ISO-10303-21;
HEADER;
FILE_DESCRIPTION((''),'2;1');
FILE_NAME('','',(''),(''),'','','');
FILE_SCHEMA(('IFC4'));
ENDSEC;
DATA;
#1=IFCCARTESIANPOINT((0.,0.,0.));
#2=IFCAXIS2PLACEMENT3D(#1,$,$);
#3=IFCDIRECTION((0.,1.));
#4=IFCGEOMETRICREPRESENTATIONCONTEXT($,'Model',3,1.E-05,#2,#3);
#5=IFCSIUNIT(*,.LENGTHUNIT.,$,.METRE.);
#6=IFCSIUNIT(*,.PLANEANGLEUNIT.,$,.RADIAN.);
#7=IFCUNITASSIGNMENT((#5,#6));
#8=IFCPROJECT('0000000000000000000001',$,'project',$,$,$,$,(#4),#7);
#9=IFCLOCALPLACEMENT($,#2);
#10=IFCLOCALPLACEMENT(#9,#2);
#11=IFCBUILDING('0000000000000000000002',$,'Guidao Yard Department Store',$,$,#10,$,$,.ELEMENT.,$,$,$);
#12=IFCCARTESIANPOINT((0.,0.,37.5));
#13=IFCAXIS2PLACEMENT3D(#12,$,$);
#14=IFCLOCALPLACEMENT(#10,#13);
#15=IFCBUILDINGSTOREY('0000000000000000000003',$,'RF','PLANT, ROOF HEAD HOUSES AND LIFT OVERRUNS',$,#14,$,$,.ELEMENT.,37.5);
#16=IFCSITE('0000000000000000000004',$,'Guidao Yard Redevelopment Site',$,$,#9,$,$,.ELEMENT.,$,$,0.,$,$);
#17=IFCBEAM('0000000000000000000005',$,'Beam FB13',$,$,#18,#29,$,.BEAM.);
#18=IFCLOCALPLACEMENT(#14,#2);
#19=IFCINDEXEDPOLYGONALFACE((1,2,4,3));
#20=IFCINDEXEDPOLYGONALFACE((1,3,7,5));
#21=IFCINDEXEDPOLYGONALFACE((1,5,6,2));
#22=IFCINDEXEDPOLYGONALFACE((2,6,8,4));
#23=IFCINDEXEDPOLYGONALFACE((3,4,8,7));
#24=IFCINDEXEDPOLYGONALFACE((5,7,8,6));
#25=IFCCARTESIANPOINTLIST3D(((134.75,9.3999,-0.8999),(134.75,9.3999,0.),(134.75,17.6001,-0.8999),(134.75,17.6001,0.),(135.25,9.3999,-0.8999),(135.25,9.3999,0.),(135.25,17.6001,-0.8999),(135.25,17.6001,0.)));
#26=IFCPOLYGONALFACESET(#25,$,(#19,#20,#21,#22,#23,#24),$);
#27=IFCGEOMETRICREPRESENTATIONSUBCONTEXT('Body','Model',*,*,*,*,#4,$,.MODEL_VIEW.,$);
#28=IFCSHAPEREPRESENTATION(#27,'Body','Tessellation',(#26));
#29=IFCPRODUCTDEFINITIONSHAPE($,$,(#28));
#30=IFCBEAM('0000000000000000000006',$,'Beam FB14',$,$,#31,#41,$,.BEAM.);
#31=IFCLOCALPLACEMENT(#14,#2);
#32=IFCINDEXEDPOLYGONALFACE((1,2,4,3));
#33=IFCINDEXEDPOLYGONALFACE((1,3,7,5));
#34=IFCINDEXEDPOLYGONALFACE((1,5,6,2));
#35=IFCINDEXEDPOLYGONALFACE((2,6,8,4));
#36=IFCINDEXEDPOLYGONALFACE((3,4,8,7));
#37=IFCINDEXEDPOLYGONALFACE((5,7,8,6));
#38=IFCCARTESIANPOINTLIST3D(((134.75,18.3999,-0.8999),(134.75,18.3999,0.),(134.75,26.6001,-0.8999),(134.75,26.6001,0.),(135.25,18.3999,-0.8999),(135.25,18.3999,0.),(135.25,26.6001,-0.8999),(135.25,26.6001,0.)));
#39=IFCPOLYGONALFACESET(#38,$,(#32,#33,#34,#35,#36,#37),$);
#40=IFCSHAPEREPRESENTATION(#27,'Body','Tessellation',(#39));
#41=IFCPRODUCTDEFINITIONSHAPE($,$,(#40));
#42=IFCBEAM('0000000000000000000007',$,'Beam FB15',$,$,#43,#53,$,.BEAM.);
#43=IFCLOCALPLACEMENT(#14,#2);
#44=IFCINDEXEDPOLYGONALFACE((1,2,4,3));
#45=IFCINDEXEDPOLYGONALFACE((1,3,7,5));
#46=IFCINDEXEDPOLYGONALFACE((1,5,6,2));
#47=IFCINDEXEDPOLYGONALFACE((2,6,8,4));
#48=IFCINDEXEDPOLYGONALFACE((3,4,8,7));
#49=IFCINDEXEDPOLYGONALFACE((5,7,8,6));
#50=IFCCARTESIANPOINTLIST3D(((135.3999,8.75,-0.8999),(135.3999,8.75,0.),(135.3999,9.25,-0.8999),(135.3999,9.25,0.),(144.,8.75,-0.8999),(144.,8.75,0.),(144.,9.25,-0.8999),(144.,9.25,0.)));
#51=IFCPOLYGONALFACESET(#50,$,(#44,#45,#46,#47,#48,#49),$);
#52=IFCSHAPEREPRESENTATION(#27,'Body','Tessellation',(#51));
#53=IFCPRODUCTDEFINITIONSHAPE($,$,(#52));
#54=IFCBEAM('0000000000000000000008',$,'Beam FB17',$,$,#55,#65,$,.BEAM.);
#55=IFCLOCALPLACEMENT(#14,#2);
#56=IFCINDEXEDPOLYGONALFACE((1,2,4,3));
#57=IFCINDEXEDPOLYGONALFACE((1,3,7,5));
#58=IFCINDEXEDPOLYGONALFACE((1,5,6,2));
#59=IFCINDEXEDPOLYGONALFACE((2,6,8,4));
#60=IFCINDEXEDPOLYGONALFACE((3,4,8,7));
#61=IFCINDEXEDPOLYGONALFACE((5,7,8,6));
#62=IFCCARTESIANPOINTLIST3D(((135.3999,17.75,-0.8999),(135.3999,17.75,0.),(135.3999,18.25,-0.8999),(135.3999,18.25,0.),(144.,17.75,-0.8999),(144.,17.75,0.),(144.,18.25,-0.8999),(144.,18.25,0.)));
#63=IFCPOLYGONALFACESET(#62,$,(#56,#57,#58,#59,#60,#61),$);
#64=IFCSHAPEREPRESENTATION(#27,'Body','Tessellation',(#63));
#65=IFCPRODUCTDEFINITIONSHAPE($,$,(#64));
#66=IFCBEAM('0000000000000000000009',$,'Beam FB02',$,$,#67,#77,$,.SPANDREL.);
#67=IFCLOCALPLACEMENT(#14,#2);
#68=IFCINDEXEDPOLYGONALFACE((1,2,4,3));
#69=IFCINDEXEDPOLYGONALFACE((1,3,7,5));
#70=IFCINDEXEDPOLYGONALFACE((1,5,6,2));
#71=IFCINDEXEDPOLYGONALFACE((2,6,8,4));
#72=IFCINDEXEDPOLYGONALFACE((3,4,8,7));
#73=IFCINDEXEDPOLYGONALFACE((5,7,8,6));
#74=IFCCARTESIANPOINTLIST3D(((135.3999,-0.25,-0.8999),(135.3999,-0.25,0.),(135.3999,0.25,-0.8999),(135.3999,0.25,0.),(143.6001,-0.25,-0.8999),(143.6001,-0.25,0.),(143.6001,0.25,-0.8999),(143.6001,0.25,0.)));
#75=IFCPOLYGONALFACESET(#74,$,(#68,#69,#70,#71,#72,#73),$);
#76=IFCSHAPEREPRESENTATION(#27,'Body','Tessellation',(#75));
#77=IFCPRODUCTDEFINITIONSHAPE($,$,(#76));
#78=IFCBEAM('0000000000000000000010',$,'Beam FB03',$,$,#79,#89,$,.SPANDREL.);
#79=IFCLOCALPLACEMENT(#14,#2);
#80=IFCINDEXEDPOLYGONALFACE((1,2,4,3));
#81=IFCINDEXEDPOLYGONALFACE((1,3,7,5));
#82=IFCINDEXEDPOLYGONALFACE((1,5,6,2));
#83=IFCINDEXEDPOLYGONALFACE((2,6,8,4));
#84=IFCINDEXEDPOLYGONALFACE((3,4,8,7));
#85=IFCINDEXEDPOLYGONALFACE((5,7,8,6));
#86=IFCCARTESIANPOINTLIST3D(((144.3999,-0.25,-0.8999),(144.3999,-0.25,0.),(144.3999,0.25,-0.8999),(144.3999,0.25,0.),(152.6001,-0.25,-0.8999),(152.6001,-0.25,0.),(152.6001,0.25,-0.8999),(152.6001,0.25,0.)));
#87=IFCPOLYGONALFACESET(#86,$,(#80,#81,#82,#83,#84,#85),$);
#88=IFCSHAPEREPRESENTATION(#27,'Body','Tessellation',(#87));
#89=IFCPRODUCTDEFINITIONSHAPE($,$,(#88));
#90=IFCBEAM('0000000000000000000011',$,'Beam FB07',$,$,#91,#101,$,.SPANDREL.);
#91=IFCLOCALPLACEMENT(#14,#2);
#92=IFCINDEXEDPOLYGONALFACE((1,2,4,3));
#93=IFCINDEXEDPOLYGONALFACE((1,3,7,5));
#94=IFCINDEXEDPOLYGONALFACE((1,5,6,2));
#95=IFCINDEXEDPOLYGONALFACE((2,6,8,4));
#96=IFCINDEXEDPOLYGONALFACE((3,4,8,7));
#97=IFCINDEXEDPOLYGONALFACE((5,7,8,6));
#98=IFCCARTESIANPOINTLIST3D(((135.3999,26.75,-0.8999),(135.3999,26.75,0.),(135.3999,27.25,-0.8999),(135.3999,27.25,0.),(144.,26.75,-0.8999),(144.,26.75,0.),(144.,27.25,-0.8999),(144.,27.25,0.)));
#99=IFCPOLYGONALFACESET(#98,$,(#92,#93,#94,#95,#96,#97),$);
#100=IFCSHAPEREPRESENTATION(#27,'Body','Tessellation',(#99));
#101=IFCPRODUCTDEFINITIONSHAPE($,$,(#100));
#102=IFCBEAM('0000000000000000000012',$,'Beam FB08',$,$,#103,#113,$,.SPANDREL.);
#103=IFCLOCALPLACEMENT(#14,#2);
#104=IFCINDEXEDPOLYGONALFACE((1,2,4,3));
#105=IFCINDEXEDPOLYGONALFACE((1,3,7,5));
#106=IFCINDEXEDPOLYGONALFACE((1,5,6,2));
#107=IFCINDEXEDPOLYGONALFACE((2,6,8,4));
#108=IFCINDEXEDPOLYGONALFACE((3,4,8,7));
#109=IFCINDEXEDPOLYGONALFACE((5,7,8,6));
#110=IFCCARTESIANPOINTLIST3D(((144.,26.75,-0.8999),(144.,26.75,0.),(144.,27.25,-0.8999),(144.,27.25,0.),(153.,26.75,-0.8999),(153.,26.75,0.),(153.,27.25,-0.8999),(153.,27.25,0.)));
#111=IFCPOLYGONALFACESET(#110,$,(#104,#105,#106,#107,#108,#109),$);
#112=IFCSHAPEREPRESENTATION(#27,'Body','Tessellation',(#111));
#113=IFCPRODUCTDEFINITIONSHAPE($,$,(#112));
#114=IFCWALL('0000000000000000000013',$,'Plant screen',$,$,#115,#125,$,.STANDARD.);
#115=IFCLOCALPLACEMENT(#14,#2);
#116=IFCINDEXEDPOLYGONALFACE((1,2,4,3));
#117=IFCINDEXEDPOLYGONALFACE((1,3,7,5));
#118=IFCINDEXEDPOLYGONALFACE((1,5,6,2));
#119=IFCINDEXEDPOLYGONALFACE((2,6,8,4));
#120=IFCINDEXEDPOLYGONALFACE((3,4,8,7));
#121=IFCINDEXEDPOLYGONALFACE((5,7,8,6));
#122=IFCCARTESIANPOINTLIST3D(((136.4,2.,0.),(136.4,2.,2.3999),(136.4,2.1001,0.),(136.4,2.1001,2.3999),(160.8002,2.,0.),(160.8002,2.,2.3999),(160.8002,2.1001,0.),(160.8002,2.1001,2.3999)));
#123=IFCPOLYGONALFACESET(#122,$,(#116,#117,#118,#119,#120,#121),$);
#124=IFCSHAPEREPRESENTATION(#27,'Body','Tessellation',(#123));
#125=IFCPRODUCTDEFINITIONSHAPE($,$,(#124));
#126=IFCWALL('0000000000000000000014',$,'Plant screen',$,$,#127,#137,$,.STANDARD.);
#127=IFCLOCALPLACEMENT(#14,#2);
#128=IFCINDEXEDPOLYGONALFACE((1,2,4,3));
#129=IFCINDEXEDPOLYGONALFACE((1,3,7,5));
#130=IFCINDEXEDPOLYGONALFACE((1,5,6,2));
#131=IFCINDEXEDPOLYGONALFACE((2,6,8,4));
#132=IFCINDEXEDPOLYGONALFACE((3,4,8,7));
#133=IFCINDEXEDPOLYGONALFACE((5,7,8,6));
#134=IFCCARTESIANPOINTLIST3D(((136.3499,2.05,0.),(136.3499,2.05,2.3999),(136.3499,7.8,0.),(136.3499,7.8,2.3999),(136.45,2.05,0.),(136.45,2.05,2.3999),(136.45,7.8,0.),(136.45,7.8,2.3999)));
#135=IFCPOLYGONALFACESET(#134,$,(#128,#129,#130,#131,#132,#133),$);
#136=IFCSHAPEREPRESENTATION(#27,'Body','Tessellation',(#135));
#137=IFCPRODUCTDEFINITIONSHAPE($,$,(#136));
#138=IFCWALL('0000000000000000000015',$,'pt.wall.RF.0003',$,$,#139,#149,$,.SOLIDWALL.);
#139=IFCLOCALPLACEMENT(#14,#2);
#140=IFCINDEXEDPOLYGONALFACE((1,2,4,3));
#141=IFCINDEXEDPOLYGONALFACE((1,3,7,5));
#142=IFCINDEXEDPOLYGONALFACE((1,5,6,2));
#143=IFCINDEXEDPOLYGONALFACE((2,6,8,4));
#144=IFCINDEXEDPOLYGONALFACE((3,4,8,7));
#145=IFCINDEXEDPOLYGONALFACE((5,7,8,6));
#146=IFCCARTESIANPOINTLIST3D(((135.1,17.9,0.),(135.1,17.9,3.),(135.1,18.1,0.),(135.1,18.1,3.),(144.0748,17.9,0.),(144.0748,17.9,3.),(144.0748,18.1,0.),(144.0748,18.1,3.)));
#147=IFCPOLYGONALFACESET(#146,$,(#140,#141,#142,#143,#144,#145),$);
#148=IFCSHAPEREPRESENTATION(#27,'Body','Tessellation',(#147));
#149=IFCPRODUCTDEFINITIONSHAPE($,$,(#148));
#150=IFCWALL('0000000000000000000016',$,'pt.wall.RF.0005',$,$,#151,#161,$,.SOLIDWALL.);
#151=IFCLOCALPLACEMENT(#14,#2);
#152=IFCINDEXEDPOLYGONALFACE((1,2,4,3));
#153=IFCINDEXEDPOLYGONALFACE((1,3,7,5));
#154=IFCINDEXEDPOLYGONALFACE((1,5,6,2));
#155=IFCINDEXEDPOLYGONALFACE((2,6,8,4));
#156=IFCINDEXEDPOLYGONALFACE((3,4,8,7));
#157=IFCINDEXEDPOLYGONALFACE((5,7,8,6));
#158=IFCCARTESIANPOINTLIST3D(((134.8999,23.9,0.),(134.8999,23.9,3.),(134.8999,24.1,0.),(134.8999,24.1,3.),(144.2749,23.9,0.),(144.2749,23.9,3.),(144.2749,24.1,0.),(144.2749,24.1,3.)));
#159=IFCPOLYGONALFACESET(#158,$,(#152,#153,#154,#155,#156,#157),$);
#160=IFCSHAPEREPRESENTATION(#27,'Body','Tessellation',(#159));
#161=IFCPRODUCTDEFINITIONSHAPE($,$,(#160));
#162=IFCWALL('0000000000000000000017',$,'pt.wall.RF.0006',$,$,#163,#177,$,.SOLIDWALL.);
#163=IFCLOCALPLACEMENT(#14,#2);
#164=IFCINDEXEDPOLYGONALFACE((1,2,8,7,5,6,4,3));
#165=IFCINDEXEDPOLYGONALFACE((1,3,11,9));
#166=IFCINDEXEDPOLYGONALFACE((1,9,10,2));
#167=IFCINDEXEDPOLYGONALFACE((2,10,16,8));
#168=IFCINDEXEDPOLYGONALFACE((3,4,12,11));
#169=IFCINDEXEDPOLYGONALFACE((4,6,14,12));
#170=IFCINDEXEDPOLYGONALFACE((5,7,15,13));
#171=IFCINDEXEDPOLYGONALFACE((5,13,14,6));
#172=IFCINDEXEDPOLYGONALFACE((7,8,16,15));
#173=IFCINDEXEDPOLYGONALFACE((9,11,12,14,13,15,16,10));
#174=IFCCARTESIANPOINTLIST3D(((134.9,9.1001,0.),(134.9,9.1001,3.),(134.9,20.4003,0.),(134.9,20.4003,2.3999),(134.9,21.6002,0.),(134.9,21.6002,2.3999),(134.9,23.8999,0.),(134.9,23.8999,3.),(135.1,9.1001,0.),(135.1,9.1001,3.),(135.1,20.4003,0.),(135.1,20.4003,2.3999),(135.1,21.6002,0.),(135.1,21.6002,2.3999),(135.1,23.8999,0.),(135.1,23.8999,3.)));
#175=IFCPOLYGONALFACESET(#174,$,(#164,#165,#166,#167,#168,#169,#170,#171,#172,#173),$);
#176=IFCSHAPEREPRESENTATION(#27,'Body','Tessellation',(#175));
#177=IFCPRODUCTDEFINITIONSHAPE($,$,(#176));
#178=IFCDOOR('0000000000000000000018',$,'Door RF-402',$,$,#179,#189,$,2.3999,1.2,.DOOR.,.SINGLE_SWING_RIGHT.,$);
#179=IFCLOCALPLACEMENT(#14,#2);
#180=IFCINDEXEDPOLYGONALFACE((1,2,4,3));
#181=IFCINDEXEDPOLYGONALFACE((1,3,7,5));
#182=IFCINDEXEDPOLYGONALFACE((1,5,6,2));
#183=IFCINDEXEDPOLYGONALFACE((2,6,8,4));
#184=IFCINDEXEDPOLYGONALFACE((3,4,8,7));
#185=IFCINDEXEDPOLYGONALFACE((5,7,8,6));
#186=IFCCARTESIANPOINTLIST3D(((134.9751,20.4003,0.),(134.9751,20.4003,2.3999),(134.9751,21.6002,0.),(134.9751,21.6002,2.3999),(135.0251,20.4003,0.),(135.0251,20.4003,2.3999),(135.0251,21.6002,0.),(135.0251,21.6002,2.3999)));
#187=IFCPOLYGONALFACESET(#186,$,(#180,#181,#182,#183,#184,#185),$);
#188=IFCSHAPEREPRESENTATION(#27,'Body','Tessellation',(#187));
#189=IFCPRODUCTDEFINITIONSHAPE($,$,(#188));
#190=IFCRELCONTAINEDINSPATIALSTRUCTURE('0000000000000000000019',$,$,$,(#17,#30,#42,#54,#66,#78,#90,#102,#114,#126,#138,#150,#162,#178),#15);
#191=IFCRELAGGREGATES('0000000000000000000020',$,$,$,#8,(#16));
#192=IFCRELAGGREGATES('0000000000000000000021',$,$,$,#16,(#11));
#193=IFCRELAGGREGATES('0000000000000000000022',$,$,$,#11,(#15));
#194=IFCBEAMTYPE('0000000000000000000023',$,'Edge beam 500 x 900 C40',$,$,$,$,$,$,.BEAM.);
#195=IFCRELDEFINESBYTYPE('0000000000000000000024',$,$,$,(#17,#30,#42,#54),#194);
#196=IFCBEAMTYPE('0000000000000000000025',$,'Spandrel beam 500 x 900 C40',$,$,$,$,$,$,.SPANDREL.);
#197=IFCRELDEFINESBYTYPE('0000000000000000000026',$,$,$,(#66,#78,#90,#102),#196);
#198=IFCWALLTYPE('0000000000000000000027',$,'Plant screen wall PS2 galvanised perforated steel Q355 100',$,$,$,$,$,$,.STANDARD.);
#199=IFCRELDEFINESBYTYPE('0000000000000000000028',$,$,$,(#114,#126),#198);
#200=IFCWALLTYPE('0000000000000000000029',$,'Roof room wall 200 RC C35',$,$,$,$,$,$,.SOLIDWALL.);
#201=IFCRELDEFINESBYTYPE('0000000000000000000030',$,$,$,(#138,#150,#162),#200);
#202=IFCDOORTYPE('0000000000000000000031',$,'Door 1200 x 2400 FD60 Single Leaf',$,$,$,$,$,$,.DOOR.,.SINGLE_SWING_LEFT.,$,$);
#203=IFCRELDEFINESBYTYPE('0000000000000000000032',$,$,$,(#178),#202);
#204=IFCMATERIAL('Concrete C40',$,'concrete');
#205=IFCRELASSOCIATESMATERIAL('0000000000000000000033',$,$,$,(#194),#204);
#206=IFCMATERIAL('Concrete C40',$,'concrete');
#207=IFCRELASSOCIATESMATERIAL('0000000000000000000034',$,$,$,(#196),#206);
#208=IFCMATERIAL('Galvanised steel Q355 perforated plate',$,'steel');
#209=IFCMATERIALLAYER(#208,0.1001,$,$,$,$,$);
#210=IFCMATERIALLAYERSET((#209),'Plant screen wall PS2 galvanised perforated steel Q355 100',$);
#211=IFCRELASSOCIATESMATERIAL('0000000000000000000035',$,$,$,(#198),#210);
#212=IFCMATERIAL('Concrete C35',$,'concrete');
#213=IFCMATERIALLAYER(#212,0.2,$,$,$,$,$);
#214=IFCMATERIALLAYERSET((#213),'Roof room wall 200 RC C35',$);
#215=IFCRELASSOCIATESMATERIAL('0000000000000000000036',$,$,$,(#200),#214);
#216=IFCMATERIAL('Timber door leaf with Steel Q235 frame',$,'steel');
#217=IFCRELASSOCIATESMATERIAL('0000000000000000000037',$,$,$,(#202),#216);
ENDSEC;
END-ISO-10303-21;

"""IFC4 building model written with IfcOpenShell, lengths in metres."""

from ifc_helpers import new_model, si_unit, direction, frame, frame_2d, origin, origin_2d, place, context, subcontext, project, spatial, rectangle, extrude, material, layer, layer_set, material_profile, profile_set, type_object, element, fill, save


model = new_model("IFC4")

# Units and contexts
model_context = context("Model", 3, precision=1e-05, world=origin(), true_north=direction((0.0, 1.0)))
body_context = subcontext(model_context, "Body", "Model", "MODEL_VIEW")
ifc_project = project(units=[si_unit("LENGTHUNIT", "METRE"), si_unit("PLANEANGLEUNIT", "RADIAN")], contexts=[model_context])

# Site, building, storey
site_placement = place(None, origin())
site = spatial("IfcSite", under=ifc_project, at=site_placement, Name="Guidao Yard Redevelopment Site", CompositionType="ELEMENT", RefElevation=0.0)
building_placement = place(site_placement, origin())
building = spatial("IfcBuilding", under=site, at=building_placement, Name="Guidao Yard Department Store", CompositionType="ELEMENT")
storey_placement = place(building_placement, frame((0.0, 0.0, 37.5)))
storey = spatial("IfcBuildingStorey", under=building, at=storey_placement, Name="RF", Description="PLANT, ROOF HEAD HOUSES AND LIFT OVERRUNS", CompositionType="ELEMENT", Elevation=37.5)

# Beams
ifc_material_1 = material(Name="Concrete C40", Category="concrete")
ifc_material_profile_1 = material_profile(ifc_material_1, rectangle(XDim=0.5, YDim=0.8999, at=origin_2d()), Name="Edge beam 500 x 900 C40")
ifc_profile_set_1 = profile_set([ifc_material_profile_1], Name="Concrete C40")
beam_type_1 = type_object("IfcBeamType", Name="Edge beam 500 x 900 C40", PredefinedType="BEAM", material=ifc_profile_set_1)
for number, where, z_axis, x_axis, name in (
    (1, (135.0, 9.3999, -0.45), (0.0, 1.0, 0.0), (-1.0, 0.0, 0.0), "Beam FB13"),
    (2, (135.0, 18.3999, -0.45), (0.0, 1.0, 0.0), (-1.0, 0.0, 0.0), "Beam FB14"),
):
    element("IfcBeam", number, at=place(storey_placement, frame(where, z_axis=z_axis, x_axis=x_axis)), inside=storey, type_object=beam_type_1, Name=name, PredefinedType="BEAM", context=body_context, shape_type="SweptSolid", body=[
        extrude(rectangle(XDim=0.5, YDim=0.8999, at=origin_2d()), origin(), (0.0, 0.0, 1.0), 8.2002),
    ])
for number, where, z_axis, x_axis, name in (
    (3, (135.3999, 9.0, -0.45), (1.0, 0.0, 0.0), (0.0, 1.0, 0.0), "Beam FB15"),
    (4, (135.3999, 18.0, -0.45), (1.0, 0.0, 0.0), (0.0, 1.0, 0.0), "Beam FB17"),
):
    element("IfcBeam", number, at=place(storey_placement, frame(where, z_axis=z_axis, x_axis=x_axis)), inside=storey, type_object=beam_type_1, Name=name, PredefinedType="BEAM", context=body_context, shape_type="SweptSolid", body=[
        extrude(rectangle(XDim=0.5, YDim=0.8999, at=origin_2d()), origin(), (0.0, 0.0, 1.0), 8.6001),
    ])
ifc_material_2 = material(Name="Concrete C40", Category="concrete")
ifc_material_profile_2 = material_profile(ifc_material_2, rectangle(XDim=0.5, YDim=0.8999, at=origin_2d()), Name="Spandrel beam 500 x 900 C40")
ifc_profile_set_2 = profile_set([ifc_material_profile_2], Name="Concrete C40")
beam_type_2 = type_object("IfcBeamType", Name="Spandrel beam 500 x 900 C40", PredefinedType="SPANDREL", material=ifc_profile_set_2)
for number, where, z_axis, x_axis, name in (
    (5, (135.3999, 0.0, -0.45), (1.0, 0.0, 0.0), (0.0, 1.0, 0.0), "Beam FB02"),
    (6, (144.3999, 0.0, -0.45), (1.0, 0.0, 0.0), (0.0, 1.0, 0.0), "Beam FB03"),
):
    element("IfcBeam", number, at=place(storey_placement, frame(where, z_axis=z_axis, x_axis=x_axis)), inside=storey, type_object=beam_type_2, Name=name, PredefinedType="SPANDREL", context=body_context, shape_type="SweptSolid", body=[
        extrude(rectangle(XDim=0.5, YDim=0.8999, at=origin_2d()), origin(), (0.0, 0.0, 1.0), 8.2002),
    ])
beam_1_placement = place(storey_placement, frame((135.3999, 27.0, -0.45), z_axis=(1.0, 0.0, 0.0), x_axis=(0.0, 1.0, 0.0)))
element("IfcBeam", 7, at=beam_1_placement, inside=storey, type_object=beam_type_2, Name="Beam FB07", PredefinedType="SPANDREL", context=body_context, shape_type="SweptSolid", body=[
    extrude(rectangle(XDim=0.5, YDim=0.8999, at=origin_2d()), origin(), (0.0, 0.0, 1.0), 8.6001),
])
beam_2_placement = place(storey_placement, frame((144.0, 27.0, -0.45), z_axis=(1.0, 0.0, 0.0), x_axis=(0.0, 1.0, 0.0)))
element("IfcBeam", 8, at=beam_2_placement, inside=storey, type_object=beam_type_2, Name="Beam FB08", PredefinedType="SPANDREL", context=body_context, shape_type="SweptSolid", body=[
    extrude(rectangle(XDim=0.5, YDim=0.8999, at=origin_2d()), origin(), (0.0, 0.0, 1.0), 9.0),
])

# Walls
ifc_material_3 = material(Name="Galvanised steel Q355 perforated plate", Category="steel")
ifc_layer_1 = layer(ifc_material_3, 0.1001)
ifc_layer_set_1 = layer_set([ifc_layer_1], Name="Plant screen wall PS2 galvanised perforated steel Q355 100")
wall_type_1 = type_object("IfcWallType", Name="Plant screen wall PS2 galvanised perforated steel Q355 100", PredefinedType="STANDARD", material=ifc_layer_set_1)
wall_1_placement = place(storey_placement, frame((136.3999, 2.05, 0.0), z_axis=(0.0, 0.0, 1.0), x_axis=(1.0, 0.0, 0.0)))
element("IfcWall", 9, at=wall_1_placement, inside=storey, type_object=wall_type_1, Name="Plant screen", PredefinedType="STANDARD", context=body_context, shape_type="SweptSolid", body=[
    extrude(rectangle(XDim=24.4001, YDim=0.1001, at=frame_2d((12.2002, 0.0))), origin(), (0.0, 0.0, 1.0), 2.3999),
])
wall_2_placement = place(storey_placement, frame((136.3999, 2.05, 0.0), z_axis=(0.0, 0.0, 1.0), x_axis=(0.0, 1.0, 0.0)))
element("IfcWall", 10, at=wall_2_placement, inside=storey, type_object=wall_type_1, Name="Plant screen", PredefinedType="STANDARD", context=body_context, shape_type="SweptSolid", body=[
    extrude(rectangle(XDim=5.75, YDim=0.1001, at=frame_2d((2.875, 0.0))), origin(), (0.0, 0.0, 1.0), 2.3999),
])
ifc_material_4 = material(Name="Concrete C35", Category="concrete")
ifc_layer_2 = layer(ifc_material_4, 0.2)
ifc_layer_set_2 = layer_set([ifc_layer_2], Name="Roof room wall 200 RC C35")
wall_type_2 = type_object("IfcWallType", Name="Roof room wall 200 RC C35", PredefinedType="SOLIDWALL", material=ifc_layer_set_2)
wall_3_placement = place(storey_placement, frame((135.1001, 18.0, 0.0), z_axis=(0.0, 0.0, 1.0), x_axis=(1.0, 0.0, 0.0)))
element("IfcWall", 11, at=wall_3_placement, inside=storey, type_object=wall_type_2, Name="pt.wall.RF.0003", PredefinedType="SOLIDWALL", context=body_context, shape_type="SweptSolid", body=[
    extrude(rectangle(XDim=8.9749, YDim=0.2, at=frame_2d((4.4873, 0.0))), origin(), (0.0, 0.0, 1.0), 3.0),
])
wall_4_placement = place(storey_placement, frame((134.8999, 24.0, 0.0), z_axis=(0.0, 0.0, 1.0), x_axis=(1.0, 0.0, 0.0)))
element("IfcWall", 12, at=wall_4_placement, inside=storey, type_object=wall_type_2, Name="pt.wall.RF.0005", PredefinedType="SOLIDWALL", context=body_context, shape_type="SweptSolid", body=[
    extrude(rectangle(XDim=9.375, YDim=0.2, at=frame_2d((4.6875, 0.0))), origin(), (0.0, 0.0, 1.0), 3.0),
])

# Wall, opening, door
wall_5_placement = place(storey_placement, frame((135.0, 9.1001, 0.0), z_axis=(0.0, 0.0, 1.0), x_axis=(0.0, 1.0, 0.0)))
wall_5 = element("IfcWall", 13, at=wall_5_placement, inside=storey, type_object=wall_type_2, Name="pt.wall.RF.0006", PredefinedType="SOLIDWALL", context=body_context, shape_type="SweptSolid", body=[
    extrude(rectangle(XDim=14.7998, YDim=0.2, at=frame_2d((7.3999, 0.0))), origin(), (0.0, 0.0, 1.0), 3.0),
])
opening_1_placement = place(wall_5_placement, frame((11.3, 0.0, 0.0)))
opening_1 = element("IfcOpeningElement", 14, at=opening_1_placement, cuts=wall_5, PredefinedType="OPENING", context=body_context, shape_type="SweptSolid", body=[
    extrude(rectangle(XDim=1.2, YDim=2.3999, at=frame_2d((0.6001, 1.2))), frame((0.0, 0.1099, 0.0), z_axis=(0.0, -1.0, 0.0), x_axis=(1.0, 0.0, 0.0)), (0.0, 0.0, 1.0), 0.22),
])
ifc_material_5 = material(Name="Timber door leaf with Steel Q235 frame", Category="steel")
door_type_1 = type_object("IfcDoorType", Name="Door 1200 x 2400 FD60 Single Leaf", OperationType="SINGLE_SWING_LEFT", PredefinedType="DOOR", material=ifc_material_5)
door_1_placement = place(opening_1_placement, origin())
door_1 = element("IfcDoor", 15, at=door_1_placement, inside=storey, type_object=door_type_1, Name="Door RF-402", OperationType="SINGLE_SWING_RIGHT", OverallHeight=2.3999, OverallWidth=1.2, PredefinedType="DOOR", context=body_context, shape_type="SweptSolid", body=[
    extrude(rectangle(XDim=1.2, YDim=2.3999, at=frame_2d((0.6001, 1.2))), frame((0.0, 0.0249, 0.0), z_axis=(0.0, -1.0, 0.0), x_axis=(1.0, 0.0, 0.0)), (0.0, 0.0, 1.0), 0.05),
])
fill(opening_1, door_1)

save(model, "model.ifc")
